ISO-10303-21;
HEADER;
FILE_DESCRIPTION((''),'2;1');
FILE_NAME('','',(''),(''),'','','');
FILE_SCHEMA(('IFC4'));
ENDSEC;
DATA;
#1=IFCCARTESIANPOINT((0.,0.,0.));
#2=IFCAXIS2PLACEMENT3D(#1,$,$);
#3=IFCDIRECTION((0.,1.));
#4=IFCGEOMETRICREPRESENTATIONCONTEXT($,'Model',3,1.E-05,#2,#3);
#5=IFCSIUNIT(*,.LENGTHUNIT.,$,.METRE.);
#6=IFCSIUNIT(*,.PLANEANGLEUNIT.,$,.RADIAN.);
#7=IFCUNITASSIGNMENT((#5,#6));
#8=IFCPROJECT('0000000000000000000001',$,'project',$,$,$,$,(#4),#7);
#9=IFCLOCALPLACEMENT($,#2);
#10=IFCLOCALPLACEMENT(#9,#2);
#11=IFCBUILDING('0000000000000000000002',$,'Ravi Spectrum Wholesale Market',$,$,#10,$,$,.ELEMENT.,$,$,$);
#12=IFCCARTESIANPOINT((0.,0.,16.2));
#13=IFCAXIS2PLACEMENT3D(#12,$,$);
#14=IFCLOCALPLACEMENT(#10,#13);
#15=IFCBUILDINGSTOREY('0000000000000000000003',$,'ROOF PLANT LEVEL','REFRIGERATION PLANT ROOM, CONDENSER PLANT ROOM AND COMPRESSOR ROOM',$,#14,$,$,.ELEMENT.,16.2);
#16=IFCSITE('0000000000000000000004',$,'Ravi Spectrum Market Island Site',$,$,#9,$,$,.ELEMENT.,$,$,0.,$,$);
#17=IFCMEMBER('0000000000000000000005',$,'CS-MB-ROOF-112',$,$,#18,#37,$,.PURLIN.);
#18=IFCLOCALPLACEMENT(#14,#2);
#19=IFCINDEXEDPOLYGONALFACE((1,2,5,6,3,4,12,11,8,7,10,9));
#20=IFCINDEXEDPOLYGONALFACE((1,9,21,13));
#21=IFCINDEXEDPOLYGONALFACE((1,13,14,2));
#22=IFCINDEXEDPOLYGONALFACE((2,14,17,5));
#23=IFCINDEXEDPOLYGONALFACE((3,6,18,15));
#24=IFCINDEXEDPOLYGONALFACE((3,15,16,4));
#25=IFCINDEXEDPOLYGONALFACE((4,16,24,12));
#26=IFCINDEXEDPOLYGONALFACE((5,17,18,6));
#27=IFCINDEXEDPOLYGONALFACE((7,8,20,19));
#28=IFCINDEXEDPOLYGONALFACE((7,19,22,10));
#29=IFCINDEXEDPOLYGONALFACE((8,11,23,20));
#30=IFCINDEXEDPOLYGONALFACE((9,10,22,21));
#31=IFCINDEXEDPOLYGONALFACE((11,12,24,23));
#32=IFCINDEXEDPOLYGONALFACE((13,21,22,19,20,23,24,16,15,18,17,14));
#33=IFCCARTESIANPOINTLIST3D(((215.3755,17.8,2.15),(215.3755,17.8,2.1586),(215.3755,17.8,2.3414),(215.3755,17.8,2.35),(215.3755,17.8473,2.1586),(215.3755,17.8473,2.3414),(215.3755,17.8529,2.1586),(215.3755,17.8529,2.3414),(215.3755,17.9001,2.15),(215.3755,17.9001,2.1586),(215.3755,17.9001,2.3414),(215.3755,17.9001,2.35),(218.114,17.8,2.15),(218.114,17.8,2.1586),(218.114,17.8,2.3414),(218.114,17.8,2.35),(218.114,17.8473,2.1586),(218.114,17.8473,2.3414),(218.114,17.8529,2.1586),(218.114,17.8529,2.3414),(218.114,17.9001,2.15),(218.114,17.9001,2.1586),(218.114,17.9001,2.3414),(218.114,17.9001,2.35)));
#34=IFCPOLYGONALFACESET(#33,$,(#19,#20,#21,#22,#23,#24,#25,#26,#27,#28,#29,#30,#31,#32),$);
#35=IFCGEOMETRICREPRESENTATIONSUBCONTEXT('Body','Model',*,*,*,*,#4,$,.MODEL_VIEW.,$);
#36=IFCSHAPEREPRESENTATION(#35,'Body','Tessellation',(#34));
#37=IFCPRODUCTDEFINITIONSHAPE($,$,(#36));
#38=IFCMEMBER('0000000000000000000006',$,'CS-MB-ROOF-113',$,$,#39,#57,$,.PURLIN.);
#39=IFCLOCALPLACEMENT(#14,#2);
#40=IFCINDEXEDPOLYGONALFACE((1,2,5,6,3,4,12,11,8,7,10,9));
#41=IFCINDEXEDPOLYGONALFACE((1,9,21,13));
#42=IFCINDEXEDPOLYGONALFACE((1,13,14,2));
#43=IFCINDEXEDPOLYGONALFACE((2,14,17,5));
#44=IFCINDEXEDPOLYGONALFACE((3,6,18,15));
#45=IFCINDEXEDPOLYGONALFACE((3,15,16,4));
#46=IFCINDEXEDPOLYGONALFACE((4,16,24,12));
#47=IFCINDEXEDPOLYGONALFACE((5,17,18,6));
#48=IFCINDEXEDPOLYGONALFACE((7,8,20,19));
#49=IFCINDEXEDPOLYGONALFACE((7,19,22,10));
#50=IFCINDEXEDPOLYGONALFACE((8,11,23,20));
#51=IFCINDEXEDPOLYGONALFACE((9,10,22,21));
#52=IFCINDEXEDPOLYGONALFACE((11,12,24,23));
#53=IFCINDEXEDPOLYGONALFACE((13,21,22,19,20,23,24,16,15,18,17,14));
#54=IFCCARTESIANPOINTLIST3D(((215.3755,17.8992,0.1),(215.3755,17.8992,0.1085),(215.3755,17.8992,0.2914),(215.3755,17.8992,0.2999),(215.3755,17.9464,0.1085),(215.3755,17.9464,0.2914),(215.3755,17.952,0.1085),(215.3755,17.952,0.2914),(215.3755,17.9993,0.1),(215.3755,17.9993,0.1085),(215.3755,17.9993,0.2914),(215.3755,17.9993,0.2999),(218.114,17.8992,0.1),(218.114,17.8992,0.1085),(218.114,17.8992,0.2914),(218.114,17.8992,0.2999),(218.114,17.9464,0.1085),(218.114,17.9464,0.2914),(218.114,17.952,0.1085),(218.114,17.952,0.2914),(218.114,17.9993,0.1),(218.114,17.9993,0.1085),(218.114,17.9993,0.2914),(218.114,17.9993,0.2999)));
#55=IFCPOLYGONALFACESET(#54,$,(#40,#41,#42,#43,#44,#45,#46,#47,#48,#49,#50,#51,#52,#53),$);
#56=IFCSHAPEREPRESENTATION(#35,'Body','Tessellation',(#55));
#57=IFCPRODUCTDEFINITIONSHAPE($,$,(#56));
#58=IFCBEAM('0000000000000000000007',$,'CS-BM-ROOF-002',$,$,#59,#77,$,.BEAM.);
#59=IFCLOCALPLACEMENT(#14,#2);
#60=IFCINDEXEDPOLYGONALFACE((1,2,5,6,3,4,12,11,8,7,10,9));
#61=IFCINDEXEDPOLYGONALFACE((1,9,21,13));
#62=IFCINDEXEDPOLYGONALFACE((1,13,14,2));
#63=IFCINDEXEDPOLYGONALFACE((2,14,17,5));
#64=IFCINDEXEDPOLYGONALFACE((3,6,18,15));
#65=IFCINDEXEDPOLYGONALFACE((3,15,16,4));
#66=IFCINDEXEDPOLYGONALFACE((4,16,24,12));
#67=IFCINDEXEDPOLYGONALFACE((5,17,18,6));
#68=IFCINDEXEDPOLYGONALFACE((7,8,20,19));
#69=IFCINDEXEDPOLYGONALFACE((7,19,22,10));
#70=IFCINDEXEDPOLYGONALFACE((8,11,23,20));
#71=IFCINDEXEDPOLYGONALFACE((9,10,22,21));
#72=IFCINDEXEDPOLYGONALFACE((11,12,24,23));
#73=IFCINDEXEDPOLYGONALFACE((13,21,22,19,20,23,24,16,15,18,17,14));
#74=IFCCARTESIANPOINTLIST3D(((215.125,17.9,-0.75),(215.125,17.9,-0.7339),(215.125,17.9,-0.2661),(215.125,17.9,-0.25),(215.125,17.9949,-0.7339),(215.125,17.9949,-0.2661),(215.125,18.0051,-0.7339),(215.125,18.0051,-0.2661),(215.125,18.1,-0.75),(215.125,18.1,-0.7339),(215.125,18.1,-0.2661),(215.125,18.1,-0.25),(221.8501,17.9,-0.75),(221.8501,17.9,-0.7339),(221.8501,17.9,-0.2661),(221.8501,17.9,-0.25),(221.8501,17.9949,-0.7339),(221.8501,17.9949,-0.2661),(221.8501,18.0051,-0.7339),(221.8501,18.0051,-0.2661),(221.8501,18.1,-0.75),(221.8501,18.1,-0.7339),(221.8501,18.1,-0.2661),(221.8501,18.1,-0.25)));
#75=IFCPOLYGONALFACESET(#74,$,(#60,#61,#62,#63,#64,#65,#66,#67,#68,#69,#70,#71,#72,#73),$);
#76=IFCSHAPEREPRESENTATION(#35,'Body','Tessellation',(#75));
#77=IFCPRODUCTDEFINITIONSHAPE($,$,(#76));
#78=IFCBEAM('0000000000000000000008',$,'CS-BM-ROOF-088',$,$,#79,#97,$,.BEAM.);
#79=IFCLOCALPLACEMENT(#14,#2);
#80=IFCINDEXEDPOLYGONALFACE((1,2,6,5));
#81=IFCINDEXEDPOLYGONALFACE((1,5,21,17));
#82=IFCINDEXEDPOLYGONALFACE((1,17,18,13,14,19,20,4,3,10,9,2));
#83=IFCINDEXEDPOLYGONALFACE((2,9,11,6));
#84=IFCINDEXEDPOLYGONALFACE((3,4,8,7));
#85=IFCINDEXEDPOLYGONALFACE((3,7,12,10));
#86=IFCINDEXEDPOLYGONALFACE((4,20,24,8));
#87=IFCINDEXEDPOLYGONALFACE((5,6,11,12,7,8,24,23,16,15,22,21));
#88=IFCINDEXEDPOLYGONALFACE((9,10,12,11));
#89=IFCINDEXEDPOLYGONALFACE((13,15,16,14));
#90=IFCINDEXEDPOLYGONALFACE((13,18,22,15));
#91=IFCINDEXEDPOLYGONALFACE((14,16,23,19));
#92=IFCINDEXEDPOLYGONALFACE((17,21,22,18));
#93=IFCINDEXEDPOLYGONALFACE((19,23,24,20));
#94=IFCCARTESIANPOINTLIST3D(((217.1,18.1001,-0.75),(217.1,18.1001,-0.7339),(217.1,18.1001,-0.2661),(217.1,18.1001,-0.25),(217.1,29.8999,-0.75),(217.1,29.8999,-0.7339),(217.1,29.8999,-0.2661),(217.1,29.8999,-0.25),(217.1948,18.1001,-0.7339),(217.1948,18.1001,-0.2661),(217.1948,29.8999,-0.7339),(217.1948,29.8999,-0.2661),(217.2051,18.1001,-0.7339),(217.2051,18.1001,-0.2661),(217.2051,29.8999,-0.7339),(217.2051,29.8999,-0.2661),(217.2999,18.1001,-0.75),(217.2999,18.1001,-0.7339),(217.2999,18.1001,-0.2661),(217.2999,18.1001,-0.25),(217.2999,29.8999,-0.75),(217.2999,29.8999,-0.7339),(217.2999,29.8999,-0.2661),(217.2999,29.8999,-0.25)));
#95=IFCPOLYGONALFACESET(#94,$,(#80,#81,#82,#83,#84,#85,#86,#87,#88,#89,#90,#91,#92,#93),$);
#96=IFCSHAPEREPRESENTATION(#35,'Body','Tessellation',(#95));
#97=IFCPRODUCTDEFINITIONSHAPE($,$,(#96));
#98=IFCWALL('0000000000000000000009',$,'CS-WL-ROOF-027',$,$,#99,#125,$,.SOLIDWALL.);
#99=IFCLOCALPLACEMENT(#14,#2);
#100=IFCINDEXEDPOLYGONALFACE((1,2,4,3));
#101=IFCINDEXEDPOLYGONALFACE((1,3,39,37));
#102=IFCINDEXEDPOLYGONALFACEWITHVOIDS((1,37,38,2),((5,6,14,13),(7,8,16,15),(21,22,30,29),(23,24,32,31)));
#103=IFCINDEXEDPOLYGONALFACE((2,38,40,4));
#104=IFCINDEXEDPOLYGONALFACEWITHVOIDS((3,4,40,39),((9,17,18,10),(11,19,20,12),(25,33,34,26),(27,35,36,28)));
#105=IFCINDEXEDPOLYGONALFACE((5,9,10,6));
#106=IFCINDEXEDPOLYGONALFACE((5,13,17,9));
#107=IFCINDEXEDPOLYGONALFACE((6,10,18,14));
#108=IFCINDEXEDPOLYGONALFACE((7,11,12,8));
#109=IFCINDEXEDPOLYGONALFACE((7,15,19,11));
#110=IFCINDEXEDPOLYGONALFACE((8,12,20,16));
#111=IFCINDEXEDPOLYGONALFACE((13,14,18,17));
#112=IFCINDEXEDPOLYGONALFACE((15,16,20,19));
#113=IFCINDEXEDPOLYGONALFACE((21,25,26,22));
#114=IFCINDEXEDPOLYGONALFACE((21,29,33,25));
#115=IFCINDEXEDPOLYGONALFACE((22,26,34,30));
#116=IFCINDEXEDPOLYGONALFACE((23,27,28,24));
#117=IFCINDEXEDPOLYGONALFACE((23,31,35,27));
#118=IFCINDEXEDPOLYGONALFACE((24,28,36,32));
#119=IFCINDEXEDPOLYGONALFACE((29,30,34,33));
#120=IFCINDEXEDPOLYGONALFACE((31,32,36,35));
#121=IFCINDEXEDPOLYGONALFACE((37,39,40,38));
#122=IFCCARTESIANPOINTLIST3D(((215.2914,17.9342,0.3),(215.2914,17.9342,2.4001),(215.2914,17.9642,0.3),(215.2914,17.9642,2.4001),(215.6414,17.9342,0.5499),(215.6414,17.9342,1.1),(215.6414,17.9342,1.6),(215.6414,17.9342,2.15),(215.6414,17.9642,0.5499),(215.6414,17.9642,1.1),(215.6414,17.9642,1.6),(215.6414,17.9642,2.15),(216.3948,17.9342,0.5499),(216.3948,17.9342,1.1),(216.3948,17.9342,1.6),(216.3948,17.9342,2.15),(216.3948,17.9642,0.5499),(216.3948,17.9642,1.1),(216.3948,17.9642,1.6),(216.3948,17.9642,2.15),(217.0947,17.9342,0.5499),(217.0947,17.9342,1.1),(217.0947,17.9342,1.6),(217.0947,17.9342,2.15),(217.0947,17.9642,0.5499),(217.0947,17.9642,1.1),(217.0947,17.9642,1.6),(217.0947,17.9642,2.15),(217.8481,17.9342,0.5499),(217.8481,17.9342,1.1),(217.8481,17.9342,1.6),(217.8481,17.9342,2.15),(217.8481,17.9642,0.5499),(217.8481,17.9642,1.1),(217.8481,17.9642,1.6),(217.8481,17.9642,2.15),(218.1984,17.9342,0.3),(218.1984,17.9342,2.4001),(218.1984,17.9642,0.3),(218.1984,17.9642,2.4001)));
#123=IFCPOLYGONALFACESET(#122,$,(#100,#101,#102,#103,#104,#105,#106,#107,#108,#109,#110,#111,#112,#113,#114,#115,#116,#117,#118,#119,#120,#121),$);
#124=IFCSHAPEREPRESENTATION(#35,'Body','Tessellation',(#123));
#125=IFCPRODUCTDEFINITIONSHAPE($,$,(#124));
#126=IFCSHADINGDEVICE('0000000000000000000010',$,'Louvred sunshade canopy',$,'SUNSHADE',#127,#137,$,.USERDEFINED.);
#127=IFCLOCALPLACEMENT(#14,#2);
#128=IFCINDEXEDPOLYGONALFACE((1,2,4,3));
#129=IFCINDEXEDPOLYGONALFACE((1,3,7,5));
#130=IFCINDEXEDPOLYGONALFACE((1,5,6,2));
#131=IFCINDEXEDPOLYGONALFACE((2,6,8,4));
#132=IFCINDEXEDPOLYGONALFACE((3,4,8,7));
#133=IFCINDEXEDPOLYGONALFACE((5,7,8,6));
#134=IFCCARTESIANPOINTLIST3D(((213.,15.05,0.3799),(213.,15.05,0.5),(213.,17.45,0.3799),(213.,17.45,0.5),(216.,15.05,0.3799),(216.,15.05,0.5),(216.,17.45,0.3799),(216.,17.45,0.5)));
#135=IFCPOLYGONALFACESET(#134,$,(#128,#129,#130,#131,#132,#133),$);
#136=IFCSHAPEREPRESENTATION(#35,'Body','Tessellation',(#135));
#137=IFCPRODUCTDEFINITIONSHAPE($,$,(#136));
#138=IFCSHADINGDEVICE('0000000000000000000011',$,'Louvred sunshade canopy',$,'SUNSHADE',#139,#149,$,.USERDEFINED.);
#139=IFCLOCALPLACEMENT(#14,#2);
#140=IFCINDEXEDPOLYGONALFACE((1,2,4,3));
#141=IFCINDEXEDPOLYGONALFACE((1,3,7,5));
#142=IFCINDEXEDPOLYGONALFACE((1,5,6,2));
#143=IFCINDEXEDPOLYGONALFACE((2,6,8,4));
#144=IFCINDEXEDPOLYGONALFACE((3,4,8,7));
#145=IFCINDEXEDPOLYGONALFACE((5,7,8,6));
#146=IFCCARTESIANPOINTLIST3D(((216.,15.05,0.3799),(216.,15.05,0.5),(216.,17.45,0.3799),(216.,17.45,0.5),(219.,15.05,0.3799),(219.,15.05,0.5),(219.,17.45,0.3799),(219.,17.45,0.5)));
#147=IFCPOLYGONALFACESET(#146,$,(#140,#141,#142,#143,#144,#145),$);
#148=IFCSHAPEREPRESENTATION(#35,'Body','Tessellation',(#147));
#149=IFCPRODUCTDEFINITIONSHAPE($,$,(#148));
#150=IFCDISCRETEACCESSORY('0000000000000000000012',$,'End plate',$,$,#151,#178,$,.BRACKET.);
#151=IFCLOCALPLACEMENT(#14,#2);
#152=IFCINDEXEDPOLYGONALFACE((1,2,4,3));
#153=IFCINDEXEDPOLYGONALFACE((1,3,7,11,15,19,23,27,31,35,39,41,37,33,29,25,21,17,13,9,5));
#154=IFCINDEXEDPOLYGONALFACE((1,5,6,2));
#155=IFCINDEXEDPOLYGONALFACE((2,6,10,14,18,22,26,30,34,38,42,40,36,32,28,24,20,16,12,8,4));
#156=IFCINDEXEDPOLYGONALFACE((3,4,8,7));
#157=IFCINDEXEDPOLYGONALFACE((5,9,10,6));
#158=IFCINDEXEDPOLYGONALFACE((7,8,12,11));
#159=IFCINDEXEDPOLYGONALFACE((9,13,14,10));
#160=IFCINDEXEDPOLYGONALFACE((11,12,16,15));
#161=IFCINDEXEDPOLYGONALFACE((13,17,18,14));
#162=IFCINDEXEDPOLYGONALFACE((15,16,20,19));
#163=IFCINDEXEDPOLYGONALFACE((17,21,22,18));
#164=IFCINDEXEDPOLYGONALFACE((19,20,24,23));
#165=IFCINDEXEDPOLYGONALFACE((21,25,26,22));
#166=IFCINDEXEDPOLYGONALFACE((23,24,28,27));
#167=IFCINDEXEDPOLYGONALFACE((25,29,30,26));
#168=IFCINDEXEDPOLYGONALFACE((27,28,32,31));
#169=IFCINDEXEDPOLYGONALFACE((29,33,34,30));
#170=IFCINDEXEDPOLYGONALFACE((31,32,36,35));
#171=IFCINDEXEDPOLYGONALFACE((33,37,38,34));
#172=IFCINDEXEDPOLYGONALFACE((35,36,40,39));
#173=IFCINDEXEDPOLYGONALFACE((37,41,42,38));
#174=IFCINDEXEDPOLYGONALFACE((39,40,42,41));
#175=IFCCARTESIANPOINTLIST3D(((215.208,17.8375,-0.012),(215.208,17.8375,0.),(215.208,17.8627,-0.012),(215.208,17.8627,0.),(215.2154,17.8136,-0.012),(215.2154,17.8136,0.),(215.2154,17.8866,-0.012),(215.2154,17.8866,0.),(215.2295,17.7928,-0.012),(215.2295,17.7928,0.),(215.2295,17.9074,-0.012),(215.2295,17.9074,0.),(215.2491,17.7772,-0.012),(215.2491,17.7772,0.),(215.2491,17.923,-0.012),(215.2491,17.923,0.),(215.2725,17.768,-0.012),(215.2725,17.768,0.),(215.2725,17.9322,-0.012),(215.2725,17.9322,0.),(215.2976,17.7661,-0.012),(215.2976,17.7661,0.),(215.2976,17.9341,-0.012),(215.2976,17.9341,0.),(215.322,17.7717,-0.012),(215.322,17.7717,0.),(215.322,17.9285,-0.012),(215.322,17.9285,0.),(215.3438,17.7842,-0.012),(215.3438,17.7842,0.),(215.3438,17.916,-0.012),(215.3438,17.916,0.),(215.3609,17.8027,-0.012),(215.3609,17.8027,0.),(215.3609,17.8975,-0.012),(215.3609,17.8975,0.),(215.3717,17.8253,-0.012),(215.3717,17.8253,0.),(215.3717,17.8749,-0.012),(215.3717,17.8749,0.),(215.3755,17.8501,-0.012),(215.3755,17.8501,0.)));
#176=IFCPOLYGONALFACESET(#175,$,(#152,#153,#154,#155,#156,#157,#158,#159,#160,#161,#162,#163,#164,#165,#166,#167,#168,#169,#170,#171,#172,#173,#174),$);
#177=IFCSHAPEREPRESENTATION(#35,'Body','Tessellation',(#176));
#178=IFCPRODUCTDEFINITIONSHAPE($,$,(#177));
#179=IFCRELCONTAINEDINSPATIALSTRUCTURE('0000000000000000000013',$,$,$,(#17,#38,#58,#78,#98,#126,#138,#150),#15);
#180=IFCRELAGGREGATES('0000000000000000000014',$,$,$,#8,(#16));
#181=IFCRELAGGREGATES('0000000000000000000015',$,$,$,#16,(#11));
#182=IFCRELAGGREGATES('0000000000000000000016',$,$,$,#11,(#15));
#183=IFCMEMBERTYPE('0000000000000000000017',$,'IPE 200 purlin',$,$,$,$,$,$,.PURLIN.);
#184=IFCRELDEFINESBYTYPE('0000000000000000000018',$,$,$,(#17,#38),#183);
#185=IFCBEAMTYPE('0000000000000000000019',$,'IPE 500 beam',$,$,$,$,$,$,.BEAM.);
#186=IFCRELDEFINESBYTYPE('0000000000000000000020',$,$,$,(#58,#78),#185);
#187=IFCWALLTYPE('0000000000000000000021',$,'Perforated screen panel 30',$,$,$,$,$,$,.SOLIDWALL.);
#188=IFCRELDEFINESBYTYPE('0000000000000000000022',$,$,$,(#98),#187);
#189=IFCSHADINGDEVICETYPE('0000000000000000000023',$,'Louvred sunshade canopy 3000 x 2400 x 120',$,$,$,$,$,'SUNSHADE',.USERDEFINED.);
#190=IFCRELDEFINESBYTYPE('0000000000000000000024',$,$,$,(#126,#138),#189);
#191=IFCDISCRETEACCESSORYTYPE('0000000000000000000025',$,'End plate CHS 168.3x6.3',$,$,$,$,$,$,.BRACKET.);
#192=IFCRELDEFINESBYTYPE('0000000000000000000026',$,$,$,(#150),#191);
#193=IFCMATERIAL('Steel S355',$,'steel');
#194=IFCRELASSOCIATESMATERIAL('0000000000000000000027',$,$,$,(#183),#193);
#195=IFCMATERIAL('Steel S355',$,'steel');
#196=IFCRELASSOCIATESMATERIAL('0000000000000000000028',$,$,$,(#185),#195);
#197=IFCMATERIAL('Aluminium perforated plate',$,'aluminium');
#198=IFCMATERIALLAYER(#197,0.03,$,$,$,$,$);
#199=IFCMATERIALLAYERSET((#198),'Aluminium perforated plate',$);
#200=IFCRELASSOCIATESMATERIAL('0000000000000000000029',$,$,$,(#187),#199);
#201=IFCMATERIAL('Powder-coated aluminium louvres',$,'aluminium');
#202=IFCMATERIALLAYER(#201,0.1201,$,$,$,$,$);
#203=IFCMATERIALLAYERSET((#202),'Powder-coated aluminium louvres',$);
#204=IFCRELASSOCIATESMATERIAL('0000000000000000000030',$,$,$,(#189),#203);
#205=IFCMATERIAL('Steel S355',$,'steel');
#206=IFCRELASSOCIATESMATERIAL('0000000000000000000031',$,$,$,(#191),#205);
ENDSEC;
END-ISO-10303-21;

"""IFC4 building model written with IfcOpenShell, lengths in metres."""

from ifc_helpers import new_model, si_unit, direction, frame, frame_2d, origin, origin_2d, place, context, subcontext, project, spatial, rectangle, circle, i_section, extrude, material, layer, layer_set, material_profile, profile_set, type_object, element, save


model = new_model("IFC4")

# Units and contexts
model_context = context("Model", 3, precision=1e-05, world=origin(), true_north=direction((0.0, 1.0)))
body_context = subcontext(model_context, "Body", "Model", "MODEL_VIEW")
ifc_project = project(units=[si_unit("LENGTHUNIT", "METRE"), si_unit("PLANEANGLEUNIT", "RADIAN")], contexts=[model_context])

# Site, building, storey
site_placement = place(None, origin())
site = spatial("IfcSite", under=ifc_project, at=site_placement, Name="Ravi Spectrum Market Island Site", CompositionType="ELEMENT", RefElevation=0.0)
building_placement = place(site_placement, origin())
building = spatial("IfcBuilding", under=site, at=building_placement, Name="Ravi Spectrum Wholesale Market", CompositionType="ELEMENT")
storey_placement = place(building_placement, frame((0.0, 0.0, 16.2)))
storey = spatial("IfcBuildingStorey", under=building, at=storey_placement, Name="ROOF PLANT LEVEL", Description="REFRIGERATION PLANT ROOM, CONDENSER PLANT ROOM AND COMPRESSOR ROOM", CompositionType="ELEMENT", Elevation=16.2)

# Members
ifc_material_1 = material(Name="Steel S355", Category="steel")
ifc_material_profile_1 = material_profile(ifc_material_1, i_section(OverallWidth=0.1001, OverallDepth=0.2, WebThickness=0.0056, FlangeThickness=0.0085, at=origin_2d()))
ifc_profile_set_1 = profile_set([ifc_material_profile_1], Name="Steel S355")
member_type_1 = type_object("IfcMemberType", Name="IPE 200 purlin", PredefinedType="PURLIN", material=ifc_profile_set_1)
for number, where, z_axis, x_axis, name in (
    (1, (215.3755, 17.8501, 2.25), (1.0, 0.0, 0.0), (0.0, 1.0, 0.0), "CS-MB-ROOF-112"),
    (2, (215.3755, 17.9492, 0.2), (1.0, 0.0, 0.0), (0.0, 1.0, 0.0), "CS-MB-ROOF-113"),
):
    element("IfcMember", number, at=place(storey_placement, frame(where, z_axis=z_axis, x_axis=x_axis)), inside=storey, type_object=member_type_1, Name=name, PredefinedType="PURLIN", context=body_context, shape_type="SweptSolid", body=[
        extrude(i_section(OverallWidth=0.1001, OverallDepth=0.2, WebThickness=0.0056, FlangeThickness=0.0085, at=origin_2d()), origin(), (0.0, 0.0, 1.0), 2.7385),
    ])

# Beams
ifc_material_2 = material(Name="Steel S355", Category="steel")
ifc_material_profile_2 = material_profile(ifc_material_2, i_section(OverallWidth=0.2, OverallDepth=0.5, WebThickness=0.0103, FlangeThickness=0.0161, at=origin_2d()))
ifc_profile_set_2 = profile_set([ifc_material_profile_2], Name="Steel S355")
beam_type = type_object("IfcBeamType", Name="IPE 500 beam", PredefinedType="BEAM", material=ifc_profile_set_2)
beam_1_placement = place(storey_placement, frame((215.125, 18.0, -0.5), z_axis=(1.0, 0.0, 0.0), x_axis=(0.0, 1.0, 0.0)))
element("IfcBeam", 3, at=beam_1_placement, inside=storey, type_object=beam_type, Name="CS-BM-ROOF-002", PredefinedType="BEAM", context=body_context, shape_type="SweptSolid", body=[
    extrude(i_section(OverallWidth=0.2, OverallDepth=0.5, WebThickness=0.0103, FlangeThickness=0.0161, at=origin_2d()), origin(), (0.0, 0.0, 1.0), 6.7251),
])
beam_2_placement = place(storey_placement, frame((217.2, 18.1001, -0.5), z_axis=(0.0, 1.0, 0.0), x_axis=(-1.0, 0.0, 0.0)))
element("IfcBeam", 4, at=beam_2_placement, inside=storey, type_object=beam_type, Name="CS-BM-ROOF-088", PredefinedType="BEAM", context=body_context, shape_type="SweptSolid", body=[
    extrude(i_section(OverallWidth=0.2, OverallDepth=0.5, WebThickness=0.0103, FlangeThickness=0.0161, at=origin_2d()), origin(), (0.0, 0.0, 1.0), 11.7998),
])

# Wall, openings
ifc_material_3 = material(Name="Aluminium perforated plate", Category="aluminium")
ifc_layer_1 = layer(ifc_material_3, 0.03)
ifc_layer_set_1 = layer_set([ifc_layer_1], Name="Aluminium perforated plate")
wall_type = type_object("IfcWallType", Name="Perforated screen panel 30", PredefinedType="SOLIDWALL", material=ifc_layer_set_1)
wall_placement = place(storey_placement, frame((215.2913, 17.9492, 0.3), z_axis=(0.0, 0.0, 1.0), x_axis=(1.0, 0.0, 0.0)))
wall = element("IfcWall", 5, at=wall_placement, inside=storey, type_object=wall_type, Name="CS-WL-ROOF-027", PredefinedType="SOLIDWALL", context=body_context, shape_type="SweptSolid", body=[
    extrude(rectangle(XDim=2.907, YDim=0.03, at=frame_2d((1.4536, 0.0))), origin(), (0.0, 0.0, 1.0), 2.1001),
])
opening_1_placement = place(wall_placement, frame((0.3501, 0.0, 0.25)))
element("IfcOpeningElement", 6, at=opening_1_placement, cuts=wall, PredefinedType="OPENING", context=body_context, shape_type="SweptSolid", body=[
    extrude(rectangle(XDim=0.7534, YDim=0.55, at=frame_2d((0.3767, 0.2749))), frame((0.0, 0.0249, 0.0), z_axis=(0.0, -1.0, 0.0), x_axis=(1.0, 0.0, 0.0)), (0.0, 0.0, 1.0), 0.05),
])
opening_2_placement = place(wall_placement, frame((0.3501, 0.0, 1.3)))
element("IfcOpeningElement", 7, at=opening_2_placement, cuts=wall, PredefinedType="OPENING", context=body_context, shape_type="SweptSolid", body=[
    extrude(rectangle(XDim=0.7534, YDim=0.55, at=frame_2d((0.3767, 0.2749))), frame((0.0, 0.0249, 0.0), z_axis=(0.0, -1.0, 0.0), x_axis=(1.0, 0.0, 0.0)), (0.0, 0.0, 1.0), 0.05),
])
opening_3_placement = place(wall_placement, frame((1.8035, 0.0, 0.25)))
element("IfcOpeningElement", 8, at=opening_3_placement, cuts=wall, PredefinedType="OPENING", context=body_context, shape_type="SweptSolid", body=[
    extrude(rectangle(XDim=0.7534, YDim=0.55, at=frame_2d((0.3767, 0.2749))), frame((0.0, 0.0249, 0.0), z_axis=(0.0, -1.0, 0.0), x_axis=(1.0, 0.0, 0.0)), (0.0, 0.0, 1.0), 0.05),
])
opening_4_placement = place(wall_placement, frame((1.8035, 0.0, 1.3)))
element("IfcOpeningElement", 9, at=opening_4_placement, cuts=wall, PredefinedType="OPENING", context=body_context, shape_type="SweptSolid", body=[
    extrude(rectangle(XDim=0.7534, YDim=0.55, at=frame_2d((0.3767, 0.2749))), frame((0.0, 0.0249, 0.0), z_axis=(0.0, -1.0, 0.0), x_axis=(1.0, 0.0, 0.0)), (0.0, 0.0, 1.0), 0.05),
])

# Shading devices
ifc_material_4 = material(Name="Powder-coated aluminium louvres", Category="aluminium")
ifc_layer_2 = layer(ifc_material_4, 0.1201)
ifc_layer_set_2 = layer_set([ifc_layer_2], Name="Powder-coated aluminium louvres")
shading_device_type = type_object("IfcShadingDeviceType", Name="Louvred sunshade canopy 3000 x 2400 x 120", ElementType="SUNSHADE", PredefinedType="USERDEFINED", material=ifc_layer_set_2)
for number, where, z_axis, x_axis, name in (
    (10, (214.5, 16.25, 0.3799), (0.0, 0.0, 1.0), (1.0, 0.0, 0.0), "Louvred sunshade canopy"),
    (11, (217.5, 16.25, 0.3799), (0.0, 0.0, 1.0), (1.0, 0.0, 0.0), "Louvred sunshade canopy"),
):
    element("IfcShadingDevice", number, at=place(storey_placement, frame(where, z_axis=z_axis, x_axis=x_axis)), inside=storey, type_object=shading_device_type, Name=name, ObjectType="SUNSHADE", PredefinedType="USERDEFINED", context=body_context, shape_type="SweptSolid", body=[
        extrude(rectangle(XDim=3.0, YDim=2.3999, at=origin_2d()), origin(), (0.0, 0.0, 1.0), 0.1201),
    ])

# Discrete accessory
ifc_material_5 = material(Name="Steel S355", Category="steel")
ifc_material_profile_3 = material_profile(ifc_material_5, circle(Radius=0.0842, at=origin_2d()))
ifc_profile_set_3 = profile_set([ifc_material_profile_3], Name="Steel S355")
discrete_accessory_type_1 = type_object("IfcDiscreteAccessoryType", Name="End plate CHS 168.3x6.3", PredefinedType="BRACKET", material=ifc_profile_set_3)
for number, where, z_axis, x_axis, name in (
    (12, (215.2913, 17.8501, 0.0), (0.0, 0.0, -1.0), (1.0, 0.0, 0.0), "End plate"),
):
    element("IfcDiscreteAccessory", number, at=place(storey_placement, frame(where, z_axis=z_axis, x_axis=x_axis)), inside=storey, type_object=discrete_accessory_type_1, Name=name, PredefinedType="BRACKET", context=body_context, shape_type="SweptSolid", body=[
        extrude(circle(Radius=0.0842, at=origin_2d()), origin(), (0.0, 0.0, 1.0), 0.012),
    ])

save(model, "model.ifc")
